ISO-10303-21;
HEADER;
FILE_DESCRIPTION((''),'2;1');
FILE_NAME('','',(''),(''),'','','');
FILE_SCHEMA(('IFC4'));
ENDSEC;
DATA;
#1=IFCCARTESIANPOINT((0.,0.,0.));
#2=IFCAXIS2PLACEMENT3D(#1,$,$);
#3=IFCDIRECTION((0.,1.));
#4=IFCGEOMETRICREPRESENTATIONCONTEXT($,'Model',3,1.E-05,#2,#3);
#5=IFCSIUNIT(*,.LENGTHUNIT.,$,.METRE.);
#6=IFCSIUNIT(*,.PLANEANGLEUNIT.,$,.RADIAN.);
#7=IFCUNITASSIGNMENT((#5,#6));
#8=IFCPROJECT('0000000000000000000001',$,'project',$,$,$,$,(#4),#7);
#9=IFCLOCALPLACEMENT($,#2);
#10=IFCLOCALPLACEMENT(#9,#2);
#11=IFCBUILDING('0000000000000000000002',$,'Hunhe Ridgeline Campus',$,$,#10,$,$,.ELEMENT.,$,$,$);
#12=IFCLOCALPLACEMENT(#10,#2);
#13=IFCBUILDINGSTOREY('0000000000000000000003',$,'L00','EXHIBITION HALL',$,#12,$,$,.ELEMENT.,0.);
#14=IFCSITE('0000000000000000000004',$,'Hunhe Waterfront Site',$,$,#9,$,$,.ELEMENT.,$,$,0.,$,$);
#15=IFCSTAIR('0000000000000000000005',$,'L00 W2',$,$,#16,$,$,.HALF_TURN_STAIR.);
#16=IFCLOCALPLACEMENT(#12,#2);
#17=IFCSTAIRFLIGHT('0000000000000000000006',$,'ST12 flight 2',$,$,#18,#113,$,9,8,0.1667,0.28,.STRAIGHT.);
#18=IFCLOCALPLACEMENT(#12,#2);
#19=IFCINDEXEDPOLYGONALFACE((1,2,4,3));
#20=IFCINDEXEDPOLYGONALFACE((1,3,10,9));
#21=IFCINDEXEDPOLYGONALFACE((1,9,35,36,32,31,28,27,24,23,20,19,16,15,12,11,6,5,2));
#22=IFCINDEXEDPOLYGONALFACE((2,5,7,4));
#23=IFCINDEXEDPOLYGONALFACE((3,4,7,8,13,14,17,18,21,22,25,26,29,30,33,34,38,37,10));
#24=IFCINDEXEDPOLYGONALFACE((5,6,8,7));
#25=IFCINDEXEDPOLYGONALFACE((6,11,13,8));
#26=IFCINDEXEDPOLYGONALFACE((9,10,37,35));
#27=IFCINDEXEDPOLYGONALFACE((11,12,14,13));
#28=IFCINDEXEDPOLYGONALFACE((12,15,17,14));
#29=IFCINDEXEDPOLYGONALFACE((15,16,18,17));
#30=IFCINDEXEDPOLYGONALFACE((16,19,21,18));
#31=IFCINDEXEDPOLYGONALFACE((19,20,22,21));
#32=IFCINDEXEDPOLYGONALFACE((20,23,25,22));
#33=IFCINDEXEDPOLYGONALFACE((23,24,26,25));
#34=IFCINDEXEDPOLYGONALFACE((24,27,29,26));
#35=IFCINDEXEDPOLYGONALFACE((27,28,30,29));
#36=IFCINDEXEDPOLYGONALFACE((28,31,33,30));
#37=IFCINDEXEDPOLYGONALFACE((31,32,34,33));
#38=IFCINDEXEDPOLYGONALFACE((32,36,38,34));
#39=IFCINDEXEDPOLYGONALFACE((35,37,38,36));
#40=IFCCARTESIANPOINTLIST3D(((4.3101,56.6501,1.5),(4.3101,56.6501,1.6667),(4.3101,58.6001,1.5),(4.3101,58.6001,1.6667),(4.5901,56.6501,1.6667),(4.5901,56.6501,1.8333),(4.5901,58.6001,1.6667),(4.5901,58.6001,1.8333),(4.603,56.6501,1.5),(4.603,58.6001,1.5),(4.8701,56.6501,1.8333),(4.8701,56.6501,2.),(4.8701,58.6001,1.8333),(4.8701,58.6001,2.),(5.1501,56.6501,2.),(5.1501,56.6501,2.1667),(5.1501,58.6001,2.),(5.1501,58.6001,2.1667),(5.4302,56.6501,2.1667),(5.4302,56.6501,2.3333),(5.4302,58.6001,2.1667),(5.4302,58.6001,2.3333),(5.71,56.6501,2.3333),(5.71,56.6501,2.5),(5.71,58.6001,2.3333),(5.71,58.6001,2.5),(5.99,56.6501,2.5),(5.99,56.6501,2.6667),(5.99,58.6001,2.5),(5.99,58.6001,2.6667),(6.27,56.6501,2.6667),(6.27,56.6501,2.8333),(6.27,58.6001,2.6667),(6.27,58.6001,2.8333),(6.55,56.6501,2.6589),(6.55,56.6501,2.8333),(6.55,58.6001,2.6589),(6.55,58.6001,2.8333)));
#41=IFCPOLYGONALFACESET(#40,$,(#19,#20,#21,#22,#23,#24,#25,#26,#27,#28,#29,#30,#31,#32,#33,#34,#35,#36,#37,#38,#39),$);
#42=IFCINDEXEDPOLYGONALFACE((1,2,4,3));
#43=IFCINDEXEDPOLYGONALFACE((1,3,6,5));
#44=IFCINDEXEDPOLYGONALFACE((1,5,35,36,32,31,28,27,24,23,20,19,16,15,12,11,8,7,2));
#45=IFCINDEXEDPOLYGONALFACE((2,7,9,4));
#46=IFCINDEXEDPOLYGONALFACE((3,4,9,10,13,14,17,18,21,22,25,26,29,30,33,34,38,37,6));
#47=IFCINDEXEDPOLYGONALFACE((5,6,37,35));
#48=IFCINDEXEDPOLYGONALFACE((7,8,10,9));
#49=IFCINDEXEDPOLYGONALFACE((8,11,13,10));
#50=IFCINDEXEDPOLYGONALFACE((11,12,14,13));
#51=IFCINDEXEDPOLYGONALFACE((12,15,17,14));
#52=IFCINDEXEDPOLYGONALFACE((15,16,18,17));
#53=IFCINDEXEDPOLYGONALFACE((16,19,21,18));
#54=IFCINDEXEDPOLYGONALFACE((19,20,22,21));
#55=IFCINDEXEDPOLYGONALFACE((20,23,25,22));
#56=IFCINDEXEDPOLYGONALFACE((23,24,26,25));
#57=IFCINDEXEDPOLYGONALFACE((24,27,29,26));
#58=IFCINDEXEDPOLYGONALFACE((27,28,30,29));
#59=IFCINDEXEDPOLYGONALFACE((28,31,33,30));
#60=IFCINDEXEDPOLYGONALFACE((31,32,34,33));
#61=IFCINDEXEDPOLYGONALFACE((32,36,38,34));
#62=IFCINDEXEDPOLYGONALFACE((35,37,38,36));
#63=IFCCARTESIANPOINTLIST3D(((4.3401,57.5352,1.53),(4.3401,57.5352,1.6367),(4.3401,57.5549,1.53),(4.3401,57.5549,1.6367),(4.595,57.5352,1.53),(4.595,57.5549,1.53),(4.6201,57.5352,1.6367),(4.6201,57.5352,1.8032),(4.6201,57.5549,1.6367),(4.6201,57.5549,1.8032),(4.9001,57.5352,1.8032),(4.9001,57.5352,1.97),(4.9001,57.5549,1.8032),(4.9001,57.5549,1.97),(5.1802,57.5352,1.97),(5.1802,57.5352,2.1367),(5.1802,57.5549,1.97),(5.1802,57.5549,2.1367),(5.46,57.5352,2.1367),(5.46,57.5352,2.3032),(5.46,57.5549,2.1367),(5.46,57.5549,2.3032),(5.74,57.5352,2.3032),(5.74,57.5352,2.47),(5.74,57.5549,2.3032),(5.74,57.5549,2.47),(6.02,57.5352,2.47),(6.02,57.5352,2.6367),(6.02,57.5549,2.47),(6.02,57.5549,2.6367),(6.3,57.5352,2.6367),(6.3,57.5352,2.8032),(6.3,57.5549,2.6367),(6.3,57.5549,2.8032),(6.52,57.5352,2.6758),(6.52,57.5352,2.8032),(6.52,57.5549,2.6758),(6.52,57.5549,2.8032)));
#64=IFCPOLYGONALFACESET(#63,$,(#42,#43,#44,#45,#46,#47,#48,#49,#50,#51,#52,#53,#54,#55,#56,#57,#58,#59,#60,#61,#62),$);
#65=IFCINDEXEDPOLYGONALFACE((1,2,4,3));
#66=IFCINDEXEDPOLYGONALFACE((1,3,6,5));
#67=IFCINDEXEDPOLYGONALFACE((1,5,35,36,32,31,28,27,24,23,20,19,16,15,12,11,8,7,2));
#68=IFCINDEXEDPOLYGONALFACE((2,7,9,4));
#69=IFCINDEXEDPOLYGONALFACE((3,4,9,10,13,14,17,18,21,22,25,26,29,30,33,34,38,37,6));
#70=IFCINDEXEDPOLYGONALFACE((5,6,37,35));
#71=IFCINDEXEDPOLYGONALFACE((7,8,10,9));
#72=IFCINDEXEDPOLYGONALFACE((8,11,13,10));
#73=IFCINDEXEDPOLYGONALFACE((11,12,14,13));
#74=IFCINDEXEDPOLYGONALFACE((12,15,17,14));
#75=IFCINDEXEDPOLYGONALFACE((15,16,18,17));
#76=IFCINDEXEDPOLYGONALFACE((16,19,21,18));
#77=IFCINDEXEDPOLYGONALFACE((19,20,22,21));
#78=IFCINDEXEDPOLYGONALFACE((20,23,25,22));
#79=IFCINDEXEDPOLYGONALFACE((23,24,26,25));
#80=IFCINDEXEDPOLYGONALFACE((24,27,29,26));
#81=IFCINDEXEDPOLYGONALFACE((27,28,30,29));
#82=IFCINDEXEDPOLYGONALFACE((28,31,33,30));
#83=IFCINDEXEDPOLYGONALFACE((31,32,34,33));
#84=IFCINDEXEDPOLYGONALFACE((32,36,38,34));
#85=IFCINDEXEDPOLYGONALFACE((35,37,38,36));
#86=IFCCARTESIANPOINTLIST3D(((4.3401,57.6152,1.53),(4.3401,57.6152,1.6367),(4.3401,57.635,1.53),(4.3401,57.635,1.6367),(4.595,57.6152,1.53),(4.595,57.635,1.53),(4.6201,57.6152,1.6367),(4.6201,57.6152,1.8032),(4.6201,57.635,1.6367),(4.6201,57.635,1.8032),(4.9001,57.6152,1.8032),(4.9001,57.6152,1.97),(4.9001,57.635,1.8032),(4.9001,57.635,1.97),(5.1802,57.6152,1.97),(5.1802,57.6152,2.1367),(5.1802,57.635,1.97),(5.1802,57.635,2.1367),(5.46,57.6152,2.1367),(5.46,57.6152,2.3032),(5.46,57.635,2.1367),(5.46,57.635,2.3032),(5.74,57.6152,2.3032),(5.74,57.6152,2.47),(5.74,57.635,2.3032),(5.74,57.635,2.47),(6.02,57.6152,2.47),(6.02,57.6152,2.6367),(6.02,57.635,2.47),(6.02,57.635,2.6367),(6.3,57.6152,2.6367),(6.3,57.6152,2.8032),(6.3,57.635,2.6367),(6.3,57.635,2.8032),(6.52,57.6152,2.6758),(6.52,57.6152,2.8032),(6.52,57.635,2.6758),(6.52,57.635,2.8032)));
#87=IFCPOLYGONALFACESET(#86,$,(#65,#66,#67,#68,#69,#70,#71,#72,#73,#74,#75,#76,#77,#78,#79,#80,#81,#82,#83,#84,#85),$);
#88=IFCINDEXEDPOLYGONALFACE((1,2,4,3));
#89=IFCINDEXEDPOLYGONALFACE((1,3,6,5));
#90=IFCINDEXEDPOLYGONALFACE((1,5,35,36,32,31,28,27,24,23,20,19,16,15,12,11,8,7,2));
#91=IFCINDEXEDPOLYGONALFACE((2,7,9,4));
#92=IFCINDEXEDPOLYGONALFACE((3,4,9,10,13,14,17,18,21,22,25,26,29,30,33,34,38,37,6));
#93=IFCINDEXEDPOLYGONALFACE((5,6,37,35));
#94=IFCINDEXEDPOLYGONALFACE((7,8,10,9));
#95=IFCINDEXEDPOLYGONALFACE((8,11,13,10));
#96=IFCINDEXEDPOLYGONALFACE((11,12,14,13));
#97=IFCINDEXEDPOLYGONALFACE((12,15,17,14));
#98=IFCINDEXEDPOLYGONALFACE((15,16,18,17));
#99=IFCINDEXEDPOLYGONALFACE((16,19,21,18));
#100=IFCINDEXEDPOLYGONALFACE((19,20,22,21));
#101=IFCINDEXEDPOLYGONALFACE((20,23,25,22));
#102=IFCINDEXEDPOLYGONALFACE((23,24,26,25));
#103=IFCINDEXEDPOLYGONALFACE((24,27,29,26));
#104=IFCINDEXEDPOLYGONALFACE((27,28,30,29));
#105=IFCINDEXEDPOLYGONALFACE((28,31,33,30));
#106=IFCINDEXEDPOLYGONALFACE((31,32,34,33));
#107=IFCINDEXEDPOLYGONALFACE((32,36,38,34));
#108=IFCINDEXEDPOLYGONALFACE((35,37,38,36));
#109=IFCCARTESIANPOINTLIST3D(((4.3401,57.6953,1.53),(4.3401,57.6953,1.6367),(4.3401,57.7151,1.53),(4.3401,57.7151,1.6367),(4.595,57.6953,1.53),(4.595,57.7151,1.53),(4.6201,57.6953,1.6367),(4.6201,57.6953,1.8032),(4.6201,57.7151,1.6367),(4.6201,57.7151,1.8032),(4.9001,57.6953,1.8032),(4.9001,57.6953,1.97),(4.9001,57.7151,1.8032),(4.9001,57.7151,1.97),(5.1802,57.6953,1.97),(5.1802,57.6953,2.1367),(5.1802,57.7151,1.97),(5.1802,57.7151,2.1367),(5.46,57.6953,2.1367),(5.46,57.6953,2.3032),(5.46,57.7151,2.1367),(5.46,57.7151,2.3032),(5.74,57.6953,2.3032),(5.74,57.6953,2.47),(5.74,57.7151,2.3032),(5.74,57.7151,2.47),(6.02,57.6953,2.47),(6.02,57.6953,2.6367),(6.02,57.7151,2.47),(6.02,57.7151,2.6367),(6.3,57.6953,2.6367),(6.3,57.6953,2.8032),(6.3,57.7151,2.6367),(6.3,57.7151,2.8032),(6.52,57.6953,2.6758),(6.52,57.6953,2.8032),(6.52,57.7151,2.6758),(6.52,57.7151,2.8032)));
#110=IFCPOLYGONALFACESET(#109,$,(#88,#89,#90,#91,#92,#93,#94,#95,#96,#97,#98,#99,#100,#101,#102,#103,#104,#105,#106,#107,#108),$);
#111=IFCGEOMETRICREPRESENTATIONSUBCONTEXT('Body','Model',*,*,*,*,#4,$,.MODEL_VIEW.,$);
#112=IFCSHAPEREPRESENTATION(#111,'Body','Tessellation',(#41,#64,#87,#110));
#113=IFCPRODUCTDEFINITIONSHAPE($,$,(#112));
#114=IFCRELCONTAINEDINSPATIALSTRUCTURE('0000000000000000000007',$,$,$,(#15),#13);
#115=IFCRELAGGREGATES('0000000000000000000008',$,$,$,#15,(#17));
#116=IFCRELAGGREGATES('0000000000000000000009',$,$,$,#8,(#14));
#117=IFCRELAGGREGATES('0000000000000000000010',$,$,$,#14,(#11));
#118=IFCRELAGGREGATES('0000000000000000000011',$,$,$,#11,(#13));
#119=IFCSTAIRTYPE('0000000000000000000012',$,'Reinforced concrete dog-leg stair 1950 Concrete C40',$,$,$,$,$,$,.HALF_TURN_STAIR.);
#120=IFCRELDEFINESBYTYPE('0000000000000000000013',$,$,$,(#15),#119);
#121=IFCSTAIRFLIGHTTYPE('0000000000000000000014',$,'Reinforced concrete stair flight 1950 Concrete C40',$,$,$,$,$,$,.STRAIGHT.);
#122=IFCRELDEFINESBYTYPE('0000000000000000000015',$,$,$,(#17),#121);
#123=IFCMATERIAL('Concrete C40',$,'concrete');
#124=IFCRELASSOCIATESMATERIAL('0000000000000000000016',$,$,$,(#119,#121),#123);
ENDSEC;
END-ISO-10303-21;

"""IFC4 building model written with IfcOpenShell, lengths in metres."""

from ifc_helpers import new_model, si_unit, direction, frame, origin, place, context, subcontext, project, spatial, polyline, outline, extrude, material, type_object, element, aggregate, save


model = new_model("IFC4")

# Units and contexts
model_context = context("Model", 3, precision=1e-05, world=origin(), true_north=direction((0.0, 1.0)))
body_context = subcontext(model_context, "Body", "Model", "MODEL_VIEW")
ifc_project = project(units=[si_unit("LENGTHUNIT", "METRE"), si_unit("PLANEANGLEUNIT", "RADIAN")], contexts=[model_context])

# Site, building, storey
site_placement = place(None, origin())
site = spatial("IfcSite", under=ifc_project, at=site_placement, Name="Hunhe Waterfront Site", CompositionType="ELEMENT", RefElevation=0.0)
building_placement = place(site_placement, origin())
building = spatial("IfcBuilding", under=site, at=building_placement, Name="Hunhe Ridgeline Campus", CompositionType="ELEMENT")
storey_placement = place(building_placement, origin())
storey = spatial("IfcBuildingStorey", under=building, at=storey_placement, Name="L00", Description="EXHIBITION HALL", CompositionType="ELEMENT", Elevation=0.0)

# Stair, stair flight
ifc_material_1 = material(Name="Concrete C40", Category="concrete")
stair_type = type_object("IfcStairType", Name="Reinforced concrete dog-leg stair 1950 Concrete C40", PredefinedType="HALF_TURN_STAIR", material=ifc_material_1)
stair_flight_type = type_object("IfcStairFlightType", Name="Reinforced concrete stair flight 1950 Concrete C40", PredefinedType="STRAIGHT", material=ifc_material_1)
stair_1_placement = place(storey_placement, origin())
stair_1 = element("IfcStair", 1, at=stair_1_placement, inside=storey, type_object=stair_type, Name="L00 W2", PredefinedType="HALF_TURN_STAIR")
stair_flight_1_placement = place(storey_placement, frame((4.3101, 57.625, 1.5), z_axis=(0.0, 0.0, 1.0), x_axis=(1.0, 0.0, 0.0)))
stair_flight_1 = element("IfcStairFlight", 2, at=stair_flight_1_placement, type_object=stair_flight_type, Name="ST12 flight 2", NumberOfRisers=9, NumberOfTreads=8, PredefinedType="STRAIGHT", RiserHeight=0.1667, TreadLength=0.28, context=body_context, shape_type="SweptSolid", body=[
    extrude(outline(polyline([(0.0, 0.0), (0.0, 0.1667), (0.28, 0.1667), (0.28, 0.3333), (0.5601, 0.3333), (0.5601, 0.5), (0.8401, 0.5), (0.8401, 0.6667), (1.1201, 0.6667), (1.1201, 0.8333), (1.3999, 0.8333), (1.3999, 1.0), (1.6799, 1.0), (1.6799, 1.1667), (1.96, 1.1667), (1.96, 1.3333), (2.24, 1.3333), (2.24, 1.5), (2.24, 1.1589), (0.293, 0.0), (0.0, 0.0)])), frame((0.0, 0.9751, 0.0), z_axis=(0.0, -1.0, 0.0), x_axis=(1.0, 0.0, 0.0)), (0.0, 0.0, 1.0), 1.95),
    extrude(outline(polyline([(0.03, 0.03), (0.03, 0.1367), (0.3101, 0.1367), (0.3101, 0.3032), (0.5901, 0.3032), (0.5901, 0.47), (0.8701, 0.47), (0.8701, 0.6367), (1.1499, 0.6367), (1.1499, 0.8032), (1.4299, 0.8032), (1.4299, 0.97), (1.71, 0.97), (1.71, 1.1367), (1.99, 1.1367), (1.99, 1.3032), (2.21, 1.3032), (2.21, 1.1758), (0.2849, 0.03), (0.03, 0.03)])), frame((0.0, -0.0701, 0.0), z_axis=(0.0, -1.0, 0.0), x_axis=(1.0, 0.0, 0.0)), (0.0, 0.0, 1.0), 0.0198),
    extrude(outline(polyline([(0.03, 0.03), (0.03, 0.1367), (0.3101, 0.1367), (0.3101, 0.3032), (0.5901, 0.3032), (0.5901, 0.47), (0.8701, 0.47), (0.8701, 0.6367), (1.1499, 0.6367), (1.1499, 0.8032), (1.4299, 0.8032), (1.4299, 0.97), (1.71, 0.97), (1.71, 1.1367), (1.99, 1.1367), (1.99, 1.3032), (2.21, 1.3032), (2.21, 1.1758), (0.2849, 0.03), (0.03, 0.03)])), frame((0.0, 0.01, 0.0), z_axis=(0.0, -1.0, 0.0), x_axis=(1.0, 0.0, 0.0)), (0.0, 0.0, 1.0), 0.0198),
    extrude(outline(polyline([(0.03, 0.03), (0.03, 0.1367), (0.3101, 0.1367), (0.3101, 0.3032), (0.5901, 0.3032), (0.5901, 0.47), (0.8701, 0.47), (0.8701, 0.6367), (1.1499, 0.6367), (1.1499, 0.8032), (1.4299, 0.8032), (1.4299, 0.97), (1.71, 0.97), (1.71, 1.1367), (1.99, 1.1367), (1.99, 1.3032), (2.21, 1.3032), (2.21, 1.1758), (0.2849, 0.03), (0.03, 0.03)])), frame((0.0, 0.0901, 0.0), z_axis=(0.0, -1.0, 0.0), x_axis=(1.0, 0.0, 0.0)), (0.0, 0.0, 1.0), 0.0198),
])
aggregate(stair_1, [stair_flight_1])

save(model, "model.ifc")
